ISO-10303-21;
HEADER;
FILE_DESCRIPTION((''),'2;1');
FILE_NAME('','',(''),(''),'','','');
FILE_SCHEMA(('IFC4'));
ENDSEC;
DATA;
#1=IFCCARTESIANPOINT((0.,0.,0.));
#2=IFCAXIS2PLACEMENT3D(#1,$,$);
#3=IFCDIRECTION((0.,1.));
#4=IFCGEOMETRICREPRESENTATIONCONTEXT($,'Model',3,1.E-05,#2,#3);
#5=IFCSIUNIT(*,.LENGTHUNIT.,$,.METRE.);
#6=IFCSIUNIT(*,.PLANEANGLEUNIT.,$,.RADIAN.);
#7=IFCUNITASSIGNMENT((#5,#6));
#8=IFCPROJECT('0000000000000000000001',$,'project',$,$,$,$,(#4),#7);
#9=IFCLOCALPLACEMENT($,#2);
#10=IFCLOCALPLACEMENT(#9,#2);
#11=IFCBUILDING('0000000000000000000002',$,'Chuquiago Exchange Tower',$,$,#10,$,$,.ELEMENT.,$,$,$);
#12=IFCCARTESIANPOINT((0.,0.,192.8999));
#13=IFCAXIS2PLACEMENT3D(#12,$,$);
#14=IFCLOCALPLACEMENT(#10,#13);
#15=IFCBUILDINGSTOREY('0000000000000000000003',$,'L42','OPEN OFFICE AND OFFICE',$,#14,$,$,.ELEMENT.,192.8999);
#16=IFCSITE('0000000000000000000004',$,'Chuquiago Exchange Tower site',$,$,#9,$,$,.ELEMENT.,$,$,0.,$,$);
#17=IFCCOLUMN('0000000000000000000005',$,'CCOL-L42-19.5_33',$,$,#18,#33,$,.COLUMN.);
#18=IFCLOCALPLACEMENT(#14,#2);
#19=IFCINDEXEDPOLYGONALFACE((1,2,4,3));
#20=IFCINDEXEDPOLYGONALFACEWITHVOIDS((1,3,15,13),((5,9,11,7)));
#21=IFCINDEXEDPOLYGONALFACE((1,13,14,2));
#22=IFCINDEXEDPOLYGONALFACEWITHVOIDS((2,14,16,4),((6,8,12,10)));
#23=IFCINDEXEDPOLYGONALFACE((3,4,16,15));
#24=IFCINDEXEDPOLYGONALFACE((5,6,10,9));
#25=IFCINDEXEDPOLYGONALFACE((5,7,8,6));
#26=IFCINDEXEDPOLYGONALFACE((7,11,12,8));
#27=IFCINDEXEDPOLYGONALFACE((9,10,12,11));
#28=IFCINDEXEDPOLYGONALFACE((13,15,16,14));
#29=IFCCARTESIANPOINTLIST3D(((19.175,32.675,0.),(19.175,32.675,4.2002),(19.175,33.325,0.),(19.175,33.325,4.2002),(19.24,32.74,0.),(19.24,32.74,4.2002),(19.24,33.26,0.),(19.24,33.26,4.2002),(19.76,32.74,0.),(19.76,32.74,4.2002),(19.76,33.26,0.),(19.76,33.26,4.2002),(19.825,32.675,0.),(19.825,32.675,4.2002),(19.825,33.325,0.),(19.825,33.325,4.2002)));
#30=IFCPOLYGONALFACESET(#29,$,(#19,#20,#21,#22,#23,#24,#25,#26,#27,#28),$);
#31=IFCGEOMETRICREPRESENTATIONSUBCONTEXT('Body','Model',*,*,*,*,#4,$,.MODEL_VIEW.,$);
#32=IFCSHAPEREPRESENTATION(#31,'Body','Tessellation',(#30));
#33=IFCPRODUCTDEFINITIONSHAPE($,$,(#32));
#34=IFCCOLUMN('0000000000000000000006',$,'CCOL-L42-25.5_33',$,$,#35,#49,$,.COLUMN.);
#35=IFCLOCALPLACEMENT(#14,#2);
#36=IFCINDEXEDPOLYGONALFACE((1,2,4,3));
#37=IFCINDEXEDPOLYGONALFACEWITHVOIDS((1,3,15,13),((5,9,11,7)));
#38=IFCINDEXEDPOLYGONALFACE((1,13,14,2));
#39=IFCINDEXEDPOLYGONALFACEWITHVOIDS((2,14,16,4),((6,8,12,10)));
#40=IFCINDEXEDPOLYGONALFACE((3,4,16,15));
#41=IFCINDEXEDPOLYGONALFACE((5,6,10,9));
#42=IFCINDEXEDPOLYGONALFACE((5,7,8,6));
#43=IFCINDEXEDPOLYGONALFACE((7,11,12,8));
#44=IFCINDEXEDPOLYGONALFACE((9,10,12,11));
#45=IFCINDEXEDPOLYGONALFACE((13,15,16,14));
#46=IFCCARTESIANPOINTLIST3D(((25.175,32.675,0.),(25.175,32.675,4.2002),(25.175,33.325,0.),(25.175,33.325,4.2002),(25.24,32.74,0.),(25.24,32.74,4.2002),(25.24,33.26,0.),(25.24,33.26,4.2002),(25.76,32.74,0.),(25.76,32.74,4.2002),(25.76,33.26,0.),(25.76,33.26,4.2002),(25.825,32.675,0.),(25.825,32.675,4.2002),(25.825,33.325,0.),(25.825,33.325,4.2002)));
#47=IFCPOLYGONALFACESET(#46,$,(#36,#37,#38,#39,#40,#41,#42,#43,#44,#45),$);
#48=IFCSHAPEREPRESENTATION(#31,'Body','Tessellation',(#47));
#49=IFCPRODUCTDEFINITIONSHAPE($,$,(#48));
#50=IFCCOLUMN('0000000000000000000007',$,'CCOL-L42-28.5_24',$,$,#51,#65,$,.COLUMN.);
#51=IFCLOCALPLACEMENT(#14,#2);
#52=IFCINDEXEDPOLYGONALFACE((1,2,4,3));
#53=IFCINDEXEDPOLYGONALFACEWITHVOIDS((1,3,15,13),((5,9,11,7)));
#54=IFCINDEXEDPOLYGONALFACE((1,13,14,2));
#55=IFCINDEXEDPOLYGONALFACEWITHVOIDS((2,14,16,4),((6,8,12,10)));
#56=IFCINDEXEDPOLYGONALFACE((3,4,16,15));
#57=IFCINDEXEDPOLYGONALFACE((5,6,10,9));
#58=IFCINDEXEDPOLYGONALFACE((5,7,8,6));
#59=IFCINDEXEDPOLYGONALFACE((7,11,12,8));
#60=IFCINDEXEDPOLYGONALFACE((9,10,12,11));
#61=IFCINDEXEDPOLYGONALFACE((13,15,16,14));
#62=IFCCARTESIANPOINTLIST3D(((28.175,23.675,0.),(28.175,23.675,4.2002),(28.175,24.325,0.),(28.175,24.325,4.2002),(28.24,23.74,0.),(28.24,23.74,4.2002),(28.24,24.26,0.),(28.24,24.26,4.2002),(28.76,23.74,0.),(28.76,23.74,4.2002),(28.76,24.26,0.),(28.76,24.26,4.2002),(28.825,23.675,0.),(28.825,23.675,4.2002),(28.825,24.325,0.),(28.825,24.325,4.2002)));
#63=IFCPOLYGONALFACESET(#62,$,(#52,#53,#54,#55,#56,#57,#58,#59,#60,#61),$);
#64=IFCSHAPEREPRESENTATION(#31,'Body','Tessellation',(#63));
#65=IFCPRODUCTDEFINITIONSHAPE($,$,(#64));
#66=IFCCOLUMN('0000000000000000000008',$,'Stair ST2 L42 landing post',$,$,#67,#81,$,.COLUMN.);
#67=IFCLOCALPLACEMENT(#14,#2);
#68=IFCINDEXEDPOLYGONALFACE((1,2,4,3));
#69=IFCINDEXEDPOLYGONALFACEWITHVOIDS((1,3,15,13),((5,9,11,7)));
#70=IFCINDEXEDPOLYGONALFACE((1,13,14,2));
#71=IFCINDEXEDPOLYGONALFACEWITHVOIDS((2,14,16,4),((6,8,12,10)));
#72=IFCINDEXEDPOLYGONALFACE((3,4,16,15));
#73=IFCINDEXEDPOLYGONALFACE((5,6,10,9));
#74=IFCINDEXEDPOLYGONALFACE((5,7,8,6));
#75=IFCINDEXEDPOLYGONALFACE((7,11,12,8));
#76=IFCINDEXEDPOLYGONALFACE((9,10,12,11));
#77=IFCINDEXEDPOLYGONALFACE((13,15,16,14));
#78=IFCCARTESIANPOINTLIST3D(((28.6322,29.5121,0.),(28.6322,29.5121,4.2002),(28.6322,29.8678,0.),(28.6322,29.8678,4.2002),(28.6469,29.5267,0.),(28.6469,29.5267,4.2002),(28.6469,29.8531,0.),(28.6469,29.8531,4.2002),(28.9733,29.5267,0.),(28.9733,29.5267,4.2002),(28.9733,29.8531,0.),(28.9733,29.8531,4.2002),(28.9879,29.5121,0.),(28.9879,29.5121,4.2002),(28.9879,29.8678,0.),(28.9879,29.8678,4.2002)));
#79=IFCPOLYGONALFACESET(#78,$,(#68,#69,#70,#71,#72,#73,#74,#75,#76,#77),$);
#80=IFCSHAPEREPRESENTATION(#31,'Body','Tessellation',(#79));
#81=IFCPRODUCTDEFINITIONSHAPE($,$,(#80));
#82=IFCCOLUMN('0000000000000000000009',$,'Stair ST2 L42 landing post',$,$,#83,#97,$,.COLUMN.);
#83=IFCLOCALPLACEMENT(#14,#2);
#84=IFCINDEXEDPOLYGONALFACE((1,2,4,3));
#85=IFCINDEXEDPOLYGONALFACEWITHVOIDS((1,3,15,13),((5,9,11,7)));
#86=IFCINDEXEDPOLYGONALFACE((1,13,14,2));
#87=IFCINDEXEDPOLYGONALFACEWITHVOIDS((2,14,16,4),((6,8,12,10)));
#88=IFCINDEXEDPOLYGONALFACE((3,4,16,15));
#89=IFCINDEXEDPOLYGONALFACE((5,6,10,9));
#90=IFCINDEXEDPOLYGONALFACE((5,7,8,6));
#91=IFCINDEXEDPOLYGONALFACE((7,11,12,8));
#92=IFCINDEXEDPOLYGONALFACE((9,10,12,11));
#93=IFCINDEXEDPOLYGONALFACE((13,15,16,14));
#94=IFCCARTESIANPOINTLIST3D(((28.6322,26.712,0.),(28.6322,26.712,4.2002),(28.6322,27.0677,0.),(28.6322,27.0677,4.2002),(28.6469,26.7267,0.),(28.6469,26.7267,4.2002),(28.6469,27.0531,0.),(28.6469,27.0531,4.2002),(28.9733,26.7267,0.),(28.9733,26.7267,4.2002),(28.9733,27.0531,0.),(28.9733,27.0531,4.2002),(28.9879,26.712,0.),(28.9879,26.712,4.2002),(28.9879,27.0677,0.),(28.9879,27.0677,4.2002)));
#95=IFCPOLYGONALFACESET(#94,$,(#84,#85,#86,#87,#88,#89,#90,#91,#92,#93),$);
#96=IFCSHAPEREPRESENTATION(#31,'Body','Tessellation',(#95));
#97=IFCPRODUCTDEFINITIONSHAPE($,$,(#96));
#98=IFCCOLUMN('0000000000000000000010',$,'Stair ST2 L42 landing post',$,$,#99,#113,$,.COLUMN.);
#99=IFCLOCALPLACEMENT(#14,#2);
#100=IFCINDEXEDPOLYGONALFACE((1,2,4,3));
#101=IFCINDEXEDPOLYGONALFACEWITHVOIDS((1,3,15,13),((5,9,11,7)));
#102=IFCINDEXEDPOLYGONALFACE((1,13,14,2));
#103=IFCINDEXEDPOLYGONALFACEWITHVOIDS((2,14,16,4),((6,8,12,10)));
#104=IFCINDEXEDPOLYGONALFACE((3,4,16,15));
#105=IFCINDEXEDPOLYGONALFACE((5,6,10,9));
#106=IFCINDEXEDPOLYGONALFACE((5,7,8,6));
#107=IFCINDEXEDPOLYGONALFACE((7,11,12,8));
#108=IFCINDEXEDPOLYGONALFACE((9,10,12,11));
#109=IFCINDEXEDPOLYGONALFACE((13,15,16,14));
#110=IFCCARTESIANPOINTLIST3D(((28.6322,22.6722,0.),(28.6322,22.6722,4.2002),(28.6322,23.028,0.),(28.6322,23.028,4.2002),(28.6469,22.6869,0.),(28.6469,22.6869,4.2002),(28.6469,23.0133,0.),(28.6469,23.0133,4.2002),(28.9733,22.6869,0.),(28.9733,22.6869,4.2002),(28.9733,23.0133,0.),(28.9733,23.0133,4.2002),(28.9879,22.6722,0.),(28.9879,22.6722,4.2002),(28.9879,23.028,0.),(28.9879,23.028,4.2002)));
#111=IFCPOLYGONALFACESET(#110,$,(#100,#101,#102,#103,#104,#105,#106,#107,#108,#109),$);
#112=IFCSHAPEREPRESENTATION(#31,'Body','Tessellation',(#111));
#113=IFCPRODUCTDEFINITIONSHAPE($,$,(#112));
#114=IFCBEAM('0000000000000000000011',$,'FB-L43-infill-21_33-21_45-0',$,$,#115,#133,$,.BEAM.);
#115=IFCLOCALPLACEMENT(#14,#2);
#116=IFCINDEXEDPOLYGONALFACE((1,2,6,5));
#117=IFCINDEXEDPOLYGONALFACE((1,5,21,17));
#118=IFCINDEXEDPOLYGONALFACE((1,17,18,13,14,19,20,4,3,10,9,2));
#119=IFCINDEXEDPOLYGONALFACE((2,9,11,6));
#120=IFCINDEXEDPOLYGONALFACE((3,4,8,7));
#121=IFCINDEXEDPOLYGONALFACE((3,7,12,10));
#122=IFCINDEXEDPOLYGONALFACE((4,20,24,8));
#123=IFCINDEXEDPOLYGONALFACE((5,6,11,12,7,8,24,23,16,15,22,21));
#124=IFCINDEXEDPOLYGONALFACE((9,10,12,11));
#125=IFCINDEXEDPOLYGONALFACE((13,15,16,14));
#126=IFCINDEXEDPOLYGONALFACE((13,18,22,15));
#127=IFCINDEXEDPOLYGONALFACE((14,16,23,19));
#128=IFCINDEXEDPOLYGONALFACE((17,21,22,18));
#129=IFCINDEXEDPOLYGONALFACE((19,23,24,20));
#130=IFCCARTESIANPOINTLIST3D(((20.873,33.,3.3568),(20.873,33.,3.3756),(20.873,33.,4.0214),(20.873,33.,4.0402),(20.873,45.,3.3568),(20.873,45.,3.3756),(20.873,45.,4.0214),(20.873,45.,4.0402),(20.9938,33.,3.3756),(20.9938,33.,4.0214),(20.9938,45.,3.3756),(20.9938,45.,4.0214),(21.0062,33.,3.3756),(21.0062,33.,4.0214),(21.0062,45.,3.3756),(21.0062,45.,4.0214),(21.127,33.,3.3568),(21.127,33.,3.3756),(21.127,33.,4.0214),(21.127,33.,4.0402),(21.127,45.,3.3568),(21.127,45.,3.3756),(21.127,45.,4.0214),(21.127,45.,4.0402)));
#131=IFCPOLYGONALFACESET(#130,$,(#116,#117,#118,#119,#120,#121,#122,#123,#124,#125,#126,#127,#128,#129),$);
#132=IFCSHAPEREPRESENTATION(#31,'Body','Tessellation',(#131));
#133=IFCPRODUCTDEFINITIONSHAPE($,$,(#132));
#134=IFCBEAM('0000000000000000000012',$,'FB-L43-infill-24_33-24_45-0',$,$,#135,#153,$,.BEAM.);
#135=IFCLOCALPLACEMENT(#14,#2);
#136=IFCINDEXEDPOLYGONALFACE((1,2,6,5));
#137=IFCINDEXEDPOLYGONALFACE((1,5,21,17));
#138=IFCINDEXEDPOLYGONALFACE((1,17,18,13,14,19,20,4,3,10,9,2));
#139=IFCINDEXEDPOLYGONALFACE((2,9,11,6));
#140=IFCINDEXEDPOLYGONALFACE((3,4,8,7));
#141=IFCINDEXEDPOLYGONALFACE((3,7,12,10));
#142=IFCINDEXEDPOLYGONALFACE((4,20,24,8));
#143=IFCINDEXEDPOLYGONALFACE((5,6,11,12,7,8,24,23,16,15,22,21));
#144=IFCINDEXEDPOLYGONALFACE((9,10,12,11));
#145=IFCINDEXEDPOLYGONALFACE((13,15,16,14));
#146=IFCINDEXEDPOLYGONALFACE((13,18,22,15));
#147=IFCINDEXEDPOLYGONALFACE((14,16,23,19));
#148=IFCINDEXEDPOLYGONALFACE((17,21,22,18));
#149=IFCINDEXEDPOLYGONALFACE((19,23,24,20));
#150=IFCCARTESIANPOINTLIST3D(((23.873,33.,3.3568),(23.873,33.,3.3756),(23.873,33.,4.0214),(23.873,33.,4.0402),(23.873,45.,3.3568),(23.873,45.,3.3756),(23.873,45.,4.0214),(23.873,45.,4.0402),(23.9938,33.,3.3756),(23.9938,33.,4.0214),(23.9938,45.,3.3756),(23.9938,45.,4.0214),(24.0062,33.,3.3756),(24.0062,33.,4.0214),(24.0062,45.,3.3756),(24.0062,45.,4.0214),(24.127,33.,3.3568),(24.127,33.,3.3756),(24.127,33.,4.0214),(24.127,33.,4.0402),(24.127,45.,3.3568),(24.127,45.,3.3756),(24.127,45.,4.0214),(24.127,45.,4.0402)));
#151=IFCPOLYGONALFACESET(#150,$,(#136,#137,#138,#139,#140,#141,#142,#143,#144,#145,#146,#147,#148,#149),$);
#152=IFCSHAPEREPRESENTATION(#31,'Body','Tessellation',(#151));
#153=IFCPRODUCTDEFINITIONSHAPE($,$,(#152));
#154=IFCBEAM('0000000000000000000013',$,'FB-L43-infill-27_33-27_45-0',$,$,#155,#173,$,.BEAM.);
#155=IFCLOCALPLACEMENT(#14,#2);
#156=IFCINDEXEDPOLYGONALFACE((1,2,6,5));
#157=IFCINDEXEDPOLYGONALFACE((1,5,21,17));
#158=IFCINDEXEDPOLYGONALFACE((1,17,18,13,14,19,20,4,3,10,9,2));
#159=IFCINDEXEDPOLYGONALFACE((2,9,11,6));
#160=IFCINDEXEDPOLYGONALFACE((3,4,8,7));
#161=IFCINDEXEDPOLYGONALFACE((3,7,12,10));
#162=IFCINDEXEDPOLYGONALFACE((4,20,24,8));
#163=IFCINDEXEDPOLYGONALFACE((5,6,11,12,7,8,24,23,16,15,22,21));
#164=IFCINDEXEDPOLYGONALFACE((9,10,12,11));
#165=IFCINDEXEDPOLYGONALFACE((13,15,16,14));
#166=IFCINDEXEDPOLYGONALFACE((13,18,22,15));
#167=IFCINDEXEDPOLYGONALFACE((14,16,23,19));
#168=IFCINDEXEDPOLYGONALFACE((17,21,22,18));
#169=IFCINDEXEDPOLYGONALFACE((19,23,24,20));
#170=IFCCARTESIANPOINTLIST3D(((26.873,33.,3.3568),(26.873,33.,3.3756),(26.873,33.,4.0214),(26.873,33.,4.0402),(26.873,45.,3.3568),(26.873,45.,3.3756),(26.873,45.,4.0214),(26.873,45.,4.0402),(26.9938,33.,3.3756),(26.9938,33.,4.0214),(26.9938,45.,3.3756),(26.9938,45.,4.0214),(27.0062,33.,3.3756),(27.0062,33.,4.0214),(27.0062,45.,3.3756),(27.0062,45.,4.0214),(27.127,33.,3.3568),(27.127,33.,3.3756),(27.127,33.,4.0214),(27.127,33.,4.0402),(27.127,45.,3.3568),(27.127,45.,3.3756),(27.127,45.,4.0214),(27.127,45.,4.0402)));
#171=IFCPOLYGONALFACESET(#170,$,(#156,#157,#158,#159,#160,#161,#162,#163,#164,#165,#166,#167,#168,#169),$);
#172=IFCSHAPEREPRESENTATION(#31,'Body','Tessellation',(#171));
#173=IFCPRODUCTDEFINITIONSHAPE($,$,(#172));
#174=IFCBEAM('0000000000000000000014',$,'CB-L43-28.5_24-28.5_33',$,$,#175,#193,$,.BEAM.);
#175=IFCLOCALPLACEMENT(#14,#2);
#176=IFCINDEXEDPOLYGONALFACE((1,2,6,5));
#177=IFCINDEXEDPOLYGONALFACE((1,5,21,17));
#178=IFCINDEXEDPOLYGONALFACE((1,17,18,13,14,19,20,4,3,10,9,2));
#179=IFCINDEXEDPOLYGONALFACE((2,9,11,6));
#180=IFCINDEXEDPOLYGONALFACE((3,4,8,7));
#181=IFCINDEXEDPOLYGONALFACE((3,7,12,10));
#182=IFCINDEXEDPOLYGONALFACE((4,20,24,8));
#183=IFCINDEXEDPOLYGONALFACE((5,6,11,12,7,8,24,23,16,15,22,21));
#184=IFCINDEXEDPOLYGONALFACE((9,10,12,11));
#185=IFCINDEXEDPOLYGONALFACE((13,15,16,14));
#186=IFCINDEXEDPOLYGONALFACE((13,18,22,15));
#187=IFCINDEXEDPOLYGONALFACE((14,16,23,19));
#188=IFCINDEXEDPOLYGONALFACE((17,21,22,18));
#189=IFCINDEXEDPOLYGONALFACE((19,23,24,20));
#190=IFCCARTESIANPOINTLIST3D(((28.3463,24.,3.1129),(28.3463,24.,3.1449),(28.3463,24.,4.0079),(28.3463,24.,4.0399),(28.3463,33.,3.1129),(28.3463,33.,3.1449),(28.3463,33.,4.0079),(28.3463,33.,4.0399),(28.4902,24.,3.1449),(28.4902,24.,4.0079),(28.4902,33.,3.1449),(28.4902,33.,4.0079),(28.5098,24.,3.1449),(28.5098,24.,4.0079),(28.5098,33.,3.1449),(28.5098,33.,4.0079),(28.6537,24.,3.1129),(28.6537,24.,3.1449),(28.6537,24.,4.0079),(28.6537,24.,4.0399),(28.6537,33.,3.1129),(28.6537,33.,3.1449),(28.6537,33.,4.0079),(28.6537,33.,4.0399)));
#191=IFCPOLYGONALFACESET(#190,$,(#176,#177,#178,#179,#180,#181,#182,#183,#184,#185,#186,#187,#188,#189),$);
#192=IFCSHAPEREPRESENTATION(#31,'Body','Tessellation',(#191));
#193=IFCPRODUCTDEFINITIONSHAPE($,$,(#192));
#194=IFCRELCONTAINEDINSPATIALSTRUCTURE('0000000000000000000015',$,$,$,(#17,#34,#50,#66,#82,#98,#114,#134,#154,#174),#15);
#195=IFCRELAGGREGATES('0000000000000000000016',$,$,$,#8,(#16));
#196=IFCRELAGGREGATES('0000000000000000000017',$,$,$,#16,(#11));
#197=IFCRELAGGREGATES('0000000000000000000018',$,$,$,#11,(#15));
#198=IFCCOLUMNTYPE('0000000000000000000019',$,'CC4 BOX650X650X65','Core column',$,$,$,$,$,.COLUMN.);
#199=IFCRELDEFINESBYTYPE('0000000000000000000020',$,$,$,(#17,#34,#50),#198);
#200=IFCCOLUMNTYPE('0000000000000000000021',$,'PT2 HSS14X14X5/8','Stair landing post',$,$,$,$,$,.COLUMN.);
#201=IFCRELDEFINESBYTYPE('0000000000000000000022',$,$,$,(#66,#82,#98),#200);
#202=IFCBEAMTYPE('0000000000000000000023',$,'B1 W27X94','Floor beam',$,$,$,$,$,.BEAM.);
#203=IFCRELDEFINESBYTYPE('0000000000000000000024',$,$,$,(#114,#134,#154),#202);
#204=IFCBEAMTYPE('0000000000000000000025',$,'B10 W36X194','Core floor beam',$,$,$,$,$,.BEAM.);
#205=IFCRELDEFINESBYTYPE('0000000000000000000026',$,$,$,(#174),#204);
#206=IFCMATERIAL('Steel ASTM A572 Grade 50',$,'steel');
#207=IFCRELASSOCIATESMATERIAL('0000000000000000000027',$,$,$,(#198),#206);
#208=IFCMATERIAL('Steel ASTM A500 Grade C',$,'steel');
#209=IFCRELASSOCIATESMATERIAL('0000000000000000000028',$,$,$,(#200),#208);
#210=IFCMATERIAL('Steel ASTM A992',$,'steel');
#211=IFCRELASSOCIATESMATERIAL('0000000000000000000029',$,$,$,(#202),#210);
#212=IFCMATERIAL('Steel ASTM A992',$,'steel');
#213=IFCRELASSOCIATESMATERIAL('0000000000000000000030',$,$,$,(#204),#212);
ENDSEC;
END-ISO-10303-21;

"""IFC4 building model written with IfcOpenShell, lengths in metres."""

from ifc_helpers import new_model, si_unit, direction, frame, origin, origin_2d, place, context, subcontext, project, spatial, hollow_rectangle, i_section, extrude, material, material_profile, profile_set, type_object, element, save


model = new_model("IFC4")

# Units and contexts
model_context = context("Model", 3, precision=1e-05, world=origin(), true_north=direction((0.0, 1.0)))
body_context = subcontext(model_context, "Body", "Model", "MODEL_VIEW")
ifc_project = project(units=[si_unit("LENGTHUNIT", "METRE"), si_unit("PLANEANGLEUNIT", "RADIAN")], contexts=[model_context])

# Site, building, storey
site_placement = place(None, origin())
site = spatial("IfcSite", under=ifc_project, at=site_placement, Name="Chuquiago Exchange Tower site", CompositionType="ELEMENT", RefElevation=0.0)
building_placement = place(site_placement, origin())
building = spatial("IfcBuilding", under=site, at=building_placement, Name="Chuquiago Exchange Tower", CompositionType="ELEMENT")
storey_placement = place(building_placement, frame((0.0, 0.0, 192.8999)))
storey = spatial("IfcBuildingStorey", under=building, at=storey_placement, Name="L42", Description="OPEN OFFICE AND OFFICE", CompositionType="ELEMENT", Elevation=192.8999)

# Columns
ifc_material_1 = material(Name="Steel ASTM A572 Grade 50", Category="steel")
ifc_material_profile_1 = material_profile(ifc_material_1, hollow_rectangle(XDim=0.6499, YDim=0.6499, WallThickness=0.0649, at=origin_2d()), Name="BOX650X650X65")
ifc_profile_set_1 = profile_set([ifc_material_profile_1], Name="Steel ASTM A572 Grade 50")
column_type_1 = type_object("IfcColumnType", Name="CC4 BOX650X650X65", Description="Core column", PredefinedType="COLUMN", material=ifc_profile_set_1)
for number, where, z_axis, x_axis, name in (
    (1, (19.5, 33.0, 0.0), (0.0, 0.0, 1.0), (1.0, 0.0, 0.0), "CCOL-L42-19.5_33"),
    (2, (25.5, 33.0, 0.0), (0.0, 0.0, 1.0), (1.0, 0.0, 0.0), "CCOL-L42-25.5_33"),
    (3, (28.5, 24.0, 0.0), (0.0, 0.0, 1.0), (1.0, 0.0, 0.0), "CCOL-L42-28.5_24"),
):
    element("IfcColumn", number, at=place(storey_placement, frame(where, z_axis=z_axis, x_axis=x_axis)), inside=storey, type_object=column_type_1, Name=name, PredefinedType="COLUMN", context=body_context, shape_type="SweptSolid", body=[
        extrude(hollow_rectangle(XDim=0.6499, YDim=0.6499, WallThickness=0.0649, at=origin_2d()), origin(), (0.0, 0.0, 1.0), 4.2002),
    ])
ifc_material_2 = material(Name="Steel ASTM A500 Grade C", Category="steel")
ifc_material_profile_2 = material_profile(ifc_material_2, hollow_rectangle(XDim=0.3557, YDim=0.3557, WallThickness=0.0146, at=origin_2d()), Name="HSS14X14X5/8")
ifc_profile_set_2 = profile_set([ifc_material_profile_2], Name="Steel ASTM A500 Grade C")
column_type_2 = type_object("IfcColumnType", Name="PT2 HSS14X14X5/8", Description="Stair landing post", PredefinedType="COLUMN", material=ifc_profile_set_2)
for number, where, z_axis, x_axis, name in (
    (4, (28.8101, 29.6899, 0.0), (0.0, 0.0, 1.0), (1.0, 0.0, 0.0), "Stair ST2 L42 landing post"),
    (5, (28.8101, 26.8899, 0.0), (0.0, 0.0, 1.0), (1.0, 0.0, 0.0), "Stair ST2 L42 landing post"),
    (6, (28.8101, 22.8501, 0.0), (0.0, 0.0, 1.0), (1.0, 0.0, 0.0), "Stair ST2 L42 landing post"),
):
    element("IfcColumn", number, at=place(storey_placement, frame(where, z_axis=z_axis, x_axis=x_axis)), inside=storey, type_object=column_type_2, Name=name, PredefinedType="COLUMN", context=body_context, shape_type="SweptSolid", body=[
        extrude(hollow_rectangle(XDim=0.3557, YDim=0.3557, WallThickness=0.0146, at=origin_2d()), origin(), (0.0, 0.0, 1.0), 4.2002),
    ])

# Beams
ifc_material_3 = material(Name="Steel ASTM A992", Category="steel")
ifc_material_profile_3 = material_profile(ifc_material_3, i_section(OverallWidth=0.2539, OverallDepth=0.6833, WebThickness=0.0125, FlangeThickness=0.0188, at=origin_2d()), Name="W27X94")
ifc_profile_set_3 = profile_set([ifc_material_profile_3], Name="Steel ASTM A992")
beam_type_1 = type_object("IfcBeamType", Name="B1 W27X94", Description="Floor beam", PredefinedType="BEAM", material=ifc_profile_set_3)
for number, where, z_axis, x_axis, name in (
    (7, (21.0, 33.0, 3.6985), (0.0, 1.0, 0.0), (-1.0, 0.0, 0.0), "FB-L43-infill-21_33-21_45-0"),
    (8, (24.0, 33.0, 3.6985), (0.0, 1.0, 0.0), (-1.0, 0.0, 0.0), "FB-L43-infill-24_33-24_45-0"),
    (9, (27.0, 33.0, 3.6985), (0.0, 1.0, 0.0), (-1.0, 0.0, 0.0), "FB-L43-infill-27_33-27_45-0"),
):
    element("IfcBeam", number, at=place(storey_placement, frame(where, z_axis=z_axis, x_axis=x_axis)), inside=storey, type_object=beam_type_1, Name=name, PredefinedType="BEAM", context=body_context, shape_type="SweptSolid", body=[
        extrude(i_section(OverallWidth=0.2539, OverallDepth=0.6833, WebThickness=0.0125, FlangeThickness=0.0188, at=origin_2d()), origin(), (0.0, 0.0, 1.0), 12.0),
    ])
ifc_material_4 = material(Name="Steel ASTM A992", Category="steel")
ifc_material_profile_4 = material_profile(ifc_material_4, i_section(OverallWidth=0.3074, OverallDepth=0.927, WebThickness=0.0195, FlangeThickness=0.032, at=origin_2d()), Name="W36X194")
ifc_profile_set_4 = profile_set([ifc_material_profile_4], Name="Steel ASTM A992")
beam_type_2 = type_object("IfcBeamType", Name="B10 W36X194", Description="Core floor beam", PredefinedType="BEAM", material=ifc_profile_set_4)
beam_1_placement = place(storey_placement, frame((28.5, 24.0, 3.5764), z_axis=(0.0, 1.0, 0.0), x_axis=(-1.0, 0.0, 0.0)))
element("IfcBeam", 10, at=beam_1_placement, inside=storey, type_object=beam_type_2, Name="CB-L43-28.5_24-28.5_33", PredefinedType="BEAM", context=body_context, shape_type="SweptSolid", body=[
    extrude(i_section(OverallWidth=0.3074, OverallDepth=0.927, WebThickness=0.0195, FlangeThickness=0.032, at=origin_2d()), origin(), (0.0, 0.0, 1.0), 9.0),
])

save(model, "model.ifc")
